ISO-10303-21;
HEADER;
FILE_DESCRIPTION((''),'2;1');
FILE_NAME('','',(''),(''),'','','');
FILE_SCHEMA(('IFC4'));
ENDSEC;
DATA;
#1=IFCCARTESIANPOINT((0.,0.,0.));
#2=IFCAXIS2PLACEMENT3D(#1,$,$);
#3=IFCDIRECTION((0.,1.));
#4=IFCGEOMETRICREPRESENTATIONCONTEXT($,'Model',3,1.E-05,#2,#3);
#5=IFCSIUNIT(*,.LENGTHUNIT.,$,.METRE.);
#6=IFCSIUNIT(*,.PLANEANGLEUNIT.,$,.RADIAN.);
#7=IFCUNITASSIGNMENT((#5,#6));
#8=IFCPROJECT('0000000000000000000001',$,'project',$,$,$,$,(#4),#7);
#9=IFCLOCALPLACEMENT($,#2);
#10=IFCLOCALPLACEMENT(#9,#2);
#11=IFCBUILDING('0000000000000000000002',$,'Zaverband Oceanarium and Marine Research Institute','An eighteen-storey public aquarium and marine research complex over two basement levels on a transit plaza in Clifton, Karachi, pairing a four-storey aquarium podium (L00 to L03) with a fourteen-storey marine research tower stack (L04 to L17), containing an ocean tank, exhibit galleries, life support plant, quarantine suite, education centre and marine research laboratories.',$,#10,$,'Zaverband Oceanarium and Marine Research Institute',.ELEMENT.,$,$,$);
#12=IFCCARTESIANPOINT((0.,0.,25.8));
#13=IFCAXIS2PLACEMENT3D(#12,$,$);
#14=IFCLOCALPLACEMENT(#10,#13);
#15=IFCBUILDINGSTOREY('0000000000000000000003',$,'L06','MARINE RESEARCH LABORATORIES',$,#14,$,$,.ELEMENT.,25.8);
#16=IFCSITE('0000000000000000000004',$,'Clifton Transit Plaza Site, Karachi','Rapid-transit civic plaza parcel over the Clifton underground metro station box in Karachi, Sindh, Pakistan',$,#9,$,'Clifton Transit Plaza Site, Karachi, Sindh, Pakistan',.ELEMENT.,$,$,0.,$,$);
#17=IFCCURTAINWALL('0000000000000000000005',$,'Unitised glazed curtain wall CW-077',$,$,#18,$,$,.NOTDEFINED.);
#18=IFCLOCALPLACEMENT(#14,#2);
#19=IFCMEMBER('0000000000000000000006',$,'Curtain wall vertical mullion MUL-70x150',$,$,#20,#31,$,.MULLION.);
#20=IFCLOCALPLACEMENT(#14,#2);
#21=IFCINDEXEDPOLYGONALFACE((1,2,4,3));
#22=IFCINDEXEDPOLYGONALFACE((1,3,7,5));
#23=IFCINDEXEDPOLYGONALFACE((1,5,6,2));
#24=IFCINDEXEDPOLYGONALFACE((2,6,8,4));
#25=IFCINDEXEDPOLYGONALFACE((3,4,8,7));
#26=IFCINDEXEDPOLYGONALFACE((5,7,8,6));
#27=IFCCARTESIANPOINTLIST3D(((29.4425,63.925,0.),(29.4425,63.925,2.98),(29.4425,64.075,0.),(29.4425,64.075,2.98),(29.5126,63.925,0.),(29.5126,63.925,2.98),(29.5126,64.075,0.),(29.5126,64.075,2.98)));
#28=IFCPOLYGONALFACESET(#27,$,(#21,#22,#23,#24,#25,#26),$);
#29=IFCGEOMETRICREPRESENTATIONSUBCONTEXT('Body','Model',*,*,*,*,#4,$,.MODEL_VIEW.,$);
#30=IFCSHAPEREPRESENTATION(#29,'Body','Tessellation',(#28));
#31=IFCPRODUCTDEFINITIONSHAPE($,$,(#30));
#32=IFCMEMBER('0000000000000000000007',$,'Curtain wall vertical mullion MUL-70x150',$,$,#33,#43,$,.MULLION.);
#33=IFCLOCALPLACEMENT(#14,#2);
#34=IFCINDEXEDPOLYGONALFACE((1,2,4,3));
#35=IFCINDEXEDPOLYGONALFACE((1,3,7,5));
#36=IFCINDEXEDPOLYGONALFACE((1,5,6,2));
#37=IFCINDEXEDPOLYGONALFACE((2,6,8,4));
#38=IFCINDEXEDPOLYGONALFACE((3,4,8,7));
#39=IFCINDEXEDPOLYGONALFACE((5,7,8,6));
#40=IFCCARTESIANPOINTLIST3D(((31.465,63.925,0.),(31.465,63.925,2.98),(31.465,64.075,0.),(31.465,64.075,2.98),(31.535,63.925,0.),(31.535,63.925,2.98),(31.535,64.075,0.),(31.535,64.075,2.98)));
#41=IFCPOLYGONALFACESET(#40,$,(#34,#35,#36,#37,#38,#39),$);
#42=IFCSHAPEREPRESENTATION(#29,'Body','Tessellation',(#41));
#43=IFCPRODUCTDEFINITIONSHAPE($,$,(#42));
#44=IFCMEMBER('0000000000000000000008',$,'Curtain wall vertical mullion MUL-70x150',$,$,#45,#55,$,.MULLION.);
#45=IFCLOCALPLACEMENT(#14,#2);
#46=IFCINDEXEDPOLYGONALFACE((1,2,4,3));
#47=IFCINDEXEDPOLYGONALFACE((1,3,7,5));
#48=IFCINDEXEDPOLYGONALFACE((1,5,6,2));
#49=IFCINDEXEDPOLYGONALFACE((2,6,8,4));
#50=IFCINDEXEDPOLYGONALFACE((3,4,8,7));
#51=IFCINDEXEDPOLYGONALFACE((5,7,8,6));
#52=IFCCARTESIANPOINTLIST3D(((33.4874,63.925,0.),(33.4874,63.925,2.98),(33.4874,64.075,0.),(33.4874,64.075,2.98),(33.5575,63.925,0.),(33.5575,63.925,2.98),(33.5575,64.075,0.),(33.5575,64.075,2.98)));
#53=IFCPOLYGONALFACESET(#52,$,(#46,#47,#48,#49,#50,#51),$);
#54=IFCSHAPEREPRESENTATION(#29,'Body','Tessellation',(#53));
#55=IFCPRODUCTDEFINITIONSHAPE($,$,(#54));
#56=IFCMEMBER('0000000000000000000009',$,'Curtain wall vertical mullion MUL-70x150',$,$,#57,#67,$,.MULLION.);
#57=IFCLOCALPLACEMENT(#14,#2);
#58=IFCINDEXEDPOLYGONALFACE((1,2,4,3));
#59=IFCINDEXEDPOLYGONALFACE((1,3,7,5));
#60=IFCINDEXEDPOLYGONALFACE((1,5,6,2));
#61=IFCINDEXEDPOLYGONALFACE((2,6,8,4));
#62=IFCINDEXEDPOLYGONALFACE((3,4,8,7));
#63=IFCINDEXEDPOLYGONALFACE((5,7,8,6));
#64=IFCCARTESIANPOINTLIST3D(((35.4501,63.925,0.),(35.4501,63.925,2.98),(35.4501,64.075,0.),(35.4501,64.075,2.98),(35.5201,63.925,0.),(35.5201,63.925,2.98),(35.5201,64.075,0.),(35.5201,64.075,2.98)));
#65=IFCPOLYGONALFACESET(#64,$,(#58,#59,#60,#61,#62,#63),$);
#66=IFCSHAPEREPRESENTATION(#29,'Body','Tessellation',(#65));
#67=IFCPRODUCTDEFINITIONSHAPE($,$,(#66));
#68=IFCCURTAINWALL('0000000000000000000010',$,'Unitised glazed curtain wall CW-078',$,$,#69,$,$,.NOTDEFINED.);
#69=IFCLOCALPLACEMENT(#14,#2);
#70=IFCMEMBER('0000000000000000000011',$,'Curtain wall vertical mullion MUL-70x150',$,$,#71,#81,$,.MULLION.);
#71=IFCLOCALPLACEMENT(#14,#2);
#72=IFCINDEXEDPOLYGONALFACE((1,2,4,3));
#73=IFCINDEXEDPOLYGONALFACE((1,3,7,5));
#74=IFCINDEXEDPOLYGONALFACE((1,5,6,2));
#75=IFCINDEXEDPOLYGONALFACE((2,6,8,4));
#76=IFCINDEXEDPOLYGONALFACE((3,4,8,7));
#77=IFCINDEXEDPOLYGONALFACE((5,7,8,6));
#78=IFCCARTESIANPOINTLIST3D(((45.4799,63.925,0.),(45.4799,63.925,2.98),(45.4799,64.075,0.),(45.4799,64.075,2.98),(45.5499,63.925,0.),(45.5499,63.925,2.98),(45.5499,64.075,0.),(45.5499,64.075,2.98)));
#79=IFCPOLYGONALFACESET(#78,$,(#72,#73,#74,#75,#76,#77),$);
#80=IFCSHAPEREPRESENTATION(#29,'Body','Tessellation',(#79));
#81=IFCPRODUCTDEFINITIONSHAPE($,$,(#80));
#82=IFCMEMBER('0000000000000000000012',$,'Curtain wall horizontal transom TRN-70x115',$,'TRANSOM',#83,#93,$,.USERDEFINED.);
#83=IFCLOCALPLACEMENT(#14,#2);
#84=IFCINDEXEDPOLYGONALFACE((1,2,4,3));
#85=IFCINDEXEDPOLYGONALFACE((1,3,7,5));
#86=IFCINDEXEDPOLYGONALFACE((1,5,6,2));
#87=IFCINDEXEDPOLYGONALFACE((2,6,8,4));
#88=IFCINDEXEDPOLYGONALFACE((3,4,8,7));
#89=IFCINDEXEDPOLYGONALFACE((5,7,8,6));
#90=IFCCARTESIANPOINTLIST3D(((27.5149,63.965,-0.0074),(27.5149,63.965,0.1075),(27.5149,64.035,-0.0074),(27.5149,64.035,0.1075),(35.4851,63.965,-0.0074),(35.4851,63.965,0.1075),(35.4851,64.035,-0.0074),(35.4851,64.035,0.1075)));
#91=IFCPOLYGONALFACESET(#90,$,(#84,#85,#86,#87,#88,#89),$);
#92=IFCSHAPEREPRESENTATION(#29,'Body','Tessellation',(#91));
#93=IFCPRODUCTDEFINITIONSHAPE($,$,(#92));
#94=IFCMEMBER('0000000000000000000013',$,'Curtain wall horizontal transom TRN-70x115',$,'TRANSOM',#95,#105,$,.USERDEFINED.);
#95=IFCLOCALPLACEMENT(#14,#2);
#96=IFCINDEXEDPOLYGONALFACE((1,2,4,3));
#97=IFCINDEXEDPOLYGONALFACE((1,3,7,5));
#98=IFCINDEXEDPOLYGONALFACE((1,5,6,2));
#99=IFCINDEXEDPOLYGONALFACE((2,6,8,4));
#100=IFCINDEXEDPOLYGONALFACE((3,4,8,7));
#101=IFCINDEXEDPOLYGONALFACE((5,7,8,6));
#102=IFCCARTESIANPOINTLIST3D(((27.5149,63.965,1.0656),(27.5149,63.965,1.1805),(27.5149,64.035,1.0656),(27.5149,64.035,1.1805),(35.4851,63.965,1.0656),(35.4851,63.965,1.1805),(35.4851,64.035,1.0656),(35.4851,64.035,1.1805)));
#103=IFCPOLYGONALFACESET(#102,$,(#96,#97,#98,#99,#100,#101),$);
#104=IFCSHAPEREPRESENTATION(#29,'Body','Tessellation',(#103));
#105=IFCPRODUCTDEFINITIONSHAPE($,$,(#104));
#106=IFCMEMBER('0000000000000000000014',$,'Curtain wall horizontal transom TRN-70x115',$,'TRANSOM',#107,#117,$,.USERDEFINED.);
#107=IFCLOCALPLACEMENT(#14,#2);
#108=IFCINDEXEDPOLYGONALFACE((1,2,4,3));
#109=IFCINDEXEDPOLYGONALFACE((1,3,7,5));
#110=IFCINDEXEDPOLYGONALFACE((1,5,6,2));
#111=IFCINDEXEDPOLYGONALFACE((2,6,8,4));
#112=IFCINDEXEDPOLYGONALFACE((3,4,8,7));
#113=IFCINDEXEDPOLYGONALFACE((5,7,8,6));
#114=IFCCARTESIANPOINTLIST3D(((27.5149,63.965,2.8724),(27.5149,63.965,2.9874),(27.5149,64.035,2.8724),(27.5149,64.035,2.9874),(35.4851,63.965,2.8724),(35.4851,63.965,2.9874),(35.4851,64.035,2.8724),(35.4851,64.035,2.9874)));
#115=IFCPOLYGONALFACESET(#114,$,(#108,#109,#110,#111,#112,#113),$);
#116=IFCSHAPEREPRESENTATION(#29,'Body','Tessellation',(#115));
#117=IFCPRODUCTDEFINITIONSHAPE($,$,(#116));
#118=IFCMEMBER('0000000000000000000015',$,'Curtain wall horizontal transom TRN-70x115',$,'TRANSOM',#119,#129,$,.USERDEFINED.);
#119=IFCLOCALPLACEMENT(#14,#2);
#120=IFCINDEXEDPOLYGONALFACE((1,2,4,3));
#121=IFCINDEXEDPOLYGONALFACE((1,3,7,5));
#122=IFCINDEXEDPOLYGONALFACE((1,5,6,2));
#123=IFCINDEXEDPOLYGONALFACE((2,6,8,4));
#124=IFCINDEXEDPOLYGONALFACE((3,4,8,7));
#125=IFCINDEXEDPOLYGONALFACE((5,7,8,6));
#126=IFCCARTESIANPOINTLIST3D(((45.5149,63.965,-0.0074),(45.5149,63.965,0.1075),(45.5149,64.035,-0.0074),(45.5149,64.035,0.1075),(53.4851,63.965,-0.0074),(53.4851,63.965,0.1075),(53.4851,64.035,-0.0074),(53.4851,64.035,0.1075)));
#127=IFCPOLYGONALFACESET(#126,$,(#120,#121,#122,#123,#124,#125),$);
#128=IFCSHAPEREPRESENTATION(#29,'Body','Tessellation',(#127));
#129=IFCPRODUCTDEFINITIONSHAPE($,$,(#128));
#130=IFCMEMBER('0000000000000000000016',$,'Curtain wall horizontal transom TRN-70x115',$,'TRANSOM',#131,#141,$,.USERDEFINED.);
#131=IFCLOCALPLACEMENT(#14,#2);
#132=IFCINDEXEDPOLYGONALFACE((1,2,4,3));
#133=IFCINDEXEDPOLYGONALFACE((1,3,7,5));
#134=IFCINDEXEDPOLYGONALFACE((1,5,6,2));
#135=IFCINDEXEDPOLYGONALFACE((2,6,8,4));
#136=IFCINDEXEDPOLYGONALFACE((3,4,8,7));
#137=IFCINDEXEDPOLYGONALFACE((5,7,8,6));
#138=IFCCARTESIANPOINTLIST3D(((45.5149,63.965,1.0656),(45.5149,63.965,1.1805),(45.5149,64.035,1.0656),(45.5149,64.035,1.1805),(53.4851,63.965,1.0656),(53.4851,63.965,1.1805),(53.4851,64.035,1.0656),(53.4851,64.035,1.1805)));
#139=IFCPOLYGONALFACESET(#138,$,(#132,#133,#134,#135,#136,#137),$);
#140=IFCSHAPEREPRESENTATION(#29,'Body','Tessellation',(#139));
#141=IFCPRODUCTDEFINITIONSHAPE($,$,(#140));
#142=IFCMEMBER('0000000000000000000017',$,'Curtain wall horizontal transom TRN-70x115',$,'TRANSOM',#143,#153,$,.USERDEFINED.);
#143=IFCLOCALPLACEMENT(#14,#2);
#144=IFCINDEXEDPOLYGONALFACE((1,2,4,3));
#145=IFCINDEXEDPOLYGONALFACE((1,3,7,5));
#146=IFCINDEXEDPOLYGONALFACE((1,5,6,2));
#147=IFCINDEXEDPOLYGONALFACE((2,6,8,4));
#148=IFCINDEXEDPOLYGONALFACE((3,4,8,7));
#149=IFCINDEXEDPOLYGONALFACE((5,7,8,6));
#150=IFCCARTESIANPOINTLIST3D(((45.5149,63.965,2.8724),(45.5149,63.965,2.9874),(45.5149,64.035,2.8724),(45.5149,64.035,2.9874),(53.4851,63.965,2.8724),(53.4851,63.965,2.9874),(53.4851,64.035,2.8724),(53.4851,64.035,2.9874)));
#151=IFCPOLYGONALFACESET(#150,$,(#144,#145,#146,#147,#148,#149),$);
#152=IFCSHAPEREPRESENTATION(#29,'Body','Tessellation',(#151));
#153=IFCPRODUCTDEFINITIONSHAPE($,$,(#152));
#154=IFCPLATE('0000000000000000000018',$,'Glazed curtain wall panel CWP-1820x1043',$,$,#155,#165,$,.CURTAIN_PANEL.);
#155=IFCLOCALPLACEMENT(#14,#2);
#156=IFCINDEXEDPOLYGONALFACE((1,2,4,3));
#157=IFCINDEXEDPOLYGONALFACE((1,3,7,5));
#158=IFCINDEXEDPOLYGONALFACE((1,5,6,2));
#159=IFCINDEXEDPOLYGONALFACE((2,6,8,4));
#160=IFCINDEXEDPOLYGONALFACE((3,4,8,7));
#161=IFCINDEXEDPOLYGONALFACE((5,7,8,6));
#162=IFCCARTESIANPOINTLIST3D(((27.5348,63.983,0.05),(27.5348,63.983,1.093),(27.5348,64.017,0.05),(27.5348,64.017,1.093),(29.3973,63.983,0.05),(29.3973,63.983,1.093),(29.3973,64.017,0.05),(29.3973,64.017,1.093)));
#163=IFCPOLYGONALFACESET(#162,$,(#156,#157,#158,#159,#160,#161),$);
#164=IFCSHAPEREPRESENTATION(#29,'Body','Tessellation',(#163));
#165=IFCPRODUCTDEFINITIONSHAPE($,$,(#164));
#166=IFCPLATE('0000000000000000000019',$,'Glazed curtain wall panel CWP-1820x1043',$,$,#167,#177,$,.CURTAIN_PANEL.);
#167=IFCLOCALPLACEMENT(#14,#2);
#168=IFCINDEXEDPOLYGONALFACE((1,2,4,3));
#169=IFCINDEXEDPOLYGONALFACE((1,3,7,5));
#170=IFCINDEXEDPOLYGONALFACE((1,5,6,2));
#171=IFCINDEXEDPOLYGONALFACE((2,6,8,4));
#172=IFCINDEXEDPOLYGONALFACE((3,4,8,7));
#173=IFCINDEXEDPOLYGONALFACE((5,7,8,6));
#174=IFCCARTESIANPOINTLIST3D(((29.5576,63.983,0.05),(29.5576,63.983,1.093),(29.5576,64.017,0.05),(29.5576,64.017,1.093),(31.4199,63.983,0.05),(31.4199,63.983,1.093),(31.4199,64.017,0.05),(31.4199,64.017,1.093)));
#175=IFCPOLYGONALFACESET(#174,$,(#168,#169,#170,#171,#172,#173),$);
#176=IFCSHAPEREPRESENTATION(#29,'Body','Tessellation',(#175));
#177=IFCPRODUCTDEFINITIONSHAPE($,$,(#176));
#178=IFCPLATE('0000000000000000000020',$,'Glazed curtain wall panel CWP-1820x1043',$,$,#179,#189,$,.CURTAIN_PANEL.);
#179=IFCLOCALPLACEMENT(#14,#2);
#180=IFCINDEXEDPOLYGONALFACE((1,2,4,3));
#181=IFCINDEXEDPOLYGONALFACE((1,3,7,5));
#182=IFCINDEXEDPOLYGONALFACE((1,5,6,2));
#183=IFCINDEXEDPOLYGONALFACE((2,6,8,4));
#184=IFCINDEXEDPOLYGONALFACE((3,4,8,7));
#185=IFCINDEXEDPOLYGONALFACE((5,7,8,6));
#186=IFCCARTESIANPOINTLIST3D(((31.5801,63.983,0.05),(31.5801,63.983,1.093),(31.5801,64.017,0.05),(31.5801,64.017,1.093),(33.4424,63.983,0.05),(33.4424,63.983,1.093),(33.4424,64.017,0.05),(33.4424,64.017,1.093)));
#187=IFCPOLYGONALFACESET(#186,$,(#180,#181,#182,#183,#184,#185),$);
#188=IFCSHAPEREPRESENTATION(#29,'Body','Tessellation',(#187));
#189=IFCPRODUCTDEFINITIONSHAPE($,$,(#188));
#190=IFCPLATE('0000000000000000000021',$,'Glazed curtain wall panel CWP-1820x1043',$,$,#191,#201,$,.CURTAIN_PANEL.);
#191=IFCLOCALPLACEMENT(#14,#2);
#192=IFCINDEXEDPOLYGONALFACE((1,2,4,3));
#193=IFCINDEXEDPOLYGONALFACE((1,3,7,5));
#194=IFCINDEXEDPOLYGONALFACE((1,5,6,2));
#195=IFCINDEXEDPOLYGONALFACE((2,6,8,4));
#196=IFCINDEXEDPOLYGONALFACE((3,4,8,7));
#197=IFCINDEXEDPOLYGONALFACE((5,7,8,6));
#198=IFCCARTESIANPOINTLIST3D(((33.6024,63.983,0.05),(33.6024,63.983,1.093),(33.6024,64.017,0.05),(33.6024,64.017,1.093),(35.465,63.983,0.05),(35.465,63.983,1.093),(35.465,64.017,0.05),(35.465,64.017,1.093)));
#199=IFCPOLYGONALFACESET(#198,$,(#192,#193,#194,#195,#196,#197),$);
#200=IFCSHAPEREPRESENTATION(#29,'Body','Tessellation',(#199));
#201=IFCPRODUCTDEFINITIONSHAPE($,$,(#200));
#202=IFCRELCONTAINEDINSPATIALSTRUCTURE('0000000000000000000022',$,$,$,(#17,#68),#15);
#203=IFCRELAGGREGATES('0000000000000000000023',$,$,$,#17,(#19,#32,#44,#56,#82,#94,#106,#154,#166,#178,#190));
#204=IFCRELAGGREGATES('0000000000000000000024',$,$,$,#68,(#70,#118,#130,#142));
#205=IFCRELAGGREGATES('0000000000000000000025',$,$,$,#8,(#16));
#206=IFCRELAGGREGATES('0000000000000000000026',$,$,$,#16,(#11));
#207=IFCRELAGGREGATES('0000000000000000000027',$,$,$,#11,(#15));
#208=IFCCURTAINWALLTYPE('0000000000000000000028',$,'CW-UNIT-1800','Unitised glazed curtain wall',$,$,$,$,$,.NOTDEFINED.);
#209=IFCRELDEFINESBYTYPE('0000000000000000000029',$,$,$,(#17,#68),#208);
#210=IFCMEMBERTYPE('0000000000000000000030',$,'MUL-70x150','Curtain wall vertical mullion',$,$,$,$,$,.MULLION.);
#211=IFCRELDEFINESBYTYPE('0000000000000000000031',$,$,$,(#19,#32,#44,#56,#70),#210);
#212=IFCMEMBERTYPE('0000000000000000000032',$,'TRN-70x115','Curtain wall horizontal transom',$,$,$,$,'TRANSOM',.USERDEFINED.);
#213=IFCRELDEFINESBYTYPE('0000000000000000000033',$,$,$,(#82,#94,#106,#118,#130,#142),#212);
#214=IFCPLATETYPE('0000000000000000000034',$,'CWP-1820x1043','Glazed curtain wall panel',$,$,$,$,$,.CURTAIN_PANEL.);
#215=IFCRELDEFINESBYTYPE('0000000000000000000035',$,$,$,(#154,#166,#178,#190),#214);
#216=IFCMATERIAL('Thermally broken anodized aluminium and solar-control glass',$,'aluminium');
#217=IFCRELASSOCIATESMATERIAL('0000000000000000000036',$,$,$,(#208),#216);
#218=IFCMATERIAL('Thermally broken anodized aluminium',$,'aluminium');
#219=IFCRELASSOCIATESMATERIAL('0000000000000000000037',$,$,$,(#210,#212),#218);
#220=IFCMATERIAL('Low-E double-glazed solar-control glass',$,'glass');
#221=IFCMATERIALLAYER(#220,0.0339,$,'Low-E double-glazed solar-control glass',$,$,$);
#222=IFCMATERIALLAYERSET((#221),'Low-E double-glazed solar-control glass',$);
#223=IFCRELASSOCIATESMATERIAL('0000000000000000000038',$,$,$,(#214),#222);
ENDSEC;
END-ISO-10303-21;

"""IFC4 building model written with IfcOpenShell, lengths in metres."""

from ifc_helpers import new_model, si_unit, direction, frame, frame_2d, origin, origin_2d, place, context, subcontext, project, spatial, rectangle, extrude, material, layer, layer_set, material_profile, profile_set, type_object, element, aggregate, save


model = new_model("IFC4")

# Units and contexts
model_context = context("Model", 3, precision=1e-05, world=origin(), true_north=direction((0.0, 1.0)))
body_context = subcontext(model_context, "Body", "Model", "MODEL_VIEW")
ifc_project = project(units=[si_unit("LENGTHUNIT", "METRE"), si_unit("PLANEANGLEUNIT", "RADIAN")], contexts=[model_context])

# Site, building, storey
site_placement = place(None, origin())
site = spatial("IfcSite", under=ifc_project, at=site_placement, Name="Clifton Transit Plaza Site, Karachi", Description="Rapid-transit civic plaza parcel over the Clifton underground metro station box in Karachi, Sindh, Pakistan", LongName="Clifton Transit Plaza Site, Karachi, Sindh, Pakistan", CompositionType="ELEMENT", RefElevation=0.0)
building_placement = place(site_placement, origin())
building = spatial("IfcBuilding", under=site, at=building_placement, Name="Zaverband Oceanarium and Marine Research Institute", Description="An eighteen-storey public aquarium and marine research complex over two basement levels on a transit plaza in Clifton, Karachi, pairing a four-storey aquarium podium (L00 to L03) with a fourteen-storey marine research tower stack (L04 to L17), containing an ocean tank, exhibit galleries, life support plant, quarantine suite, education centre and marine research laboratories.", LongName="Zaverband Oceanarium and Marine Research Institute", CompositionType="ELEMENT")
storey_placement = place(building_placement, frame((0.0, 0.0, 25.8)))
storey = spatial("IfcBuildingStorey", under=building, at=storey_placement, Name="L06", Description="MARINE RESEARCH LABORATORIES", CompositionType="ELEMENT", Elevation=25.8)

# Curtain wall, members
ifc_material_1 = material(Name="Thermally broken anodized aluminium and solar-control glass", Category="aluminium")
curtain_wall_type = type_object("IfcCurtainWallType", Name="CW-UNIT-1800", Description="Unitised glazed curtain wall", PredefinedType="NOTDEFINED", material=ifc_material_1)
curtain_wall_1_placement = place(storey_placement, origin())
curtain_wall_1 = element("IfcCurtainWall", 1, at=curtain_wall_1_placement, inside=storey, type_object=curtain_wall_type, Name="Unitised glazed curtain wall CW-077", PredefinedType="NOTDEFINED")
ifc_material_2 = material(Name="Thermally broken anodized aluminium", Category="aluminium")
ifc_material_profile_1 = material_profile(ifc_material_2, rectangle(XDim=0.0701, YDim=0.1499, at=origin_2d()), Name="AL-MUL-70x150")
ifc_profile_set_1 = profile_set([ifc_material_profile_1], Name="Thermally broken anodized aluminium")
member_type_1 = type_object("IfcMemberType", Name="MUL-70x150", Description="Curtain wall vertical mullion", PredefinedType="MULLION", material=ifc_profile_set_1)
member_1_placement = place(storey_placement, frame((29.4775, 64.0, 0.0), z_axis=(0.0, 0.0, 1.0), x_axis=(1.0, 0.0, 0.0)))
member_1 = element("IfcMember", 2, at=member_1_placement, type_object=member_type_1, Name="Curtain wall vertical mullion MUL-70x150", PredefinedType="MULLION", context=body_context, shape_type="SweptSolid", body=[
    extrude(rectangle(XDim=0.0701, YDim=0.1499, at=origin_2d()), origin(), (0.0, 0.0, 1.0), 2.98),
])
member_2_placement = place(storey_placement, frame((31.5, 64.0, 0.0), z_axis=(0.0, 0.0, 1.0), x_axis=(1.0, 0.0, 0.0)))
member_2 = element("IfcMember", 3, at=member_2_placement, type_object=member_type_1, Name="Curtain wall vertical mullion MUL-70x150", PredefinedType="MULLION", context=body_context, shape_type="SweptSolid", body=[
    extrude(rectangle(XDim=0.0701, YDim=0.1499, at=origin_2d()), origin(), (0.0, 0.0, 1.0), 2.98),
])
member_3_placement = place(storey_placement, frame((33.5225, 64.0, 0.0), z_axis=(0.0, 0.0, 1.0), x_axis=(1.0, 0.0, 0.0)))
member_3 = element("IfcMember", 4, at=member_3_placement, type_object=member_type_1, Name="Curtain wall vertical mullion MUL-70x150", PredefinedType="MULLION", context=body_context, shape_type="SweptSolid", body=[
    extrude(rectangle(XDim=0.0701, YDim=0.1499, at=origin_2d()), origin(), (0.0, 0.0, 1.0), 2.98),
])
member_4_placement = place(storey_placement, frame((35.4851, 64.0, 0.0), z_axis=(0.0, 0.0, 1.0), x_axis=(1.0, 0.0, 0.0)))
member_4 = element("IfcMember", 5, at=member_4_placement, type_object=member_type_1, Name="Curtain wall vertical mullion MUL-70x150", PredefinedType="MULLION", context=body_context, shape_type="SweptSolid", body=[
    extrude(rectangle(XDim=0.0701, YDim=0.1499, at=origin_2d()), origin(), (0.0, 0.0, 1.0), 2.98),
])

# Curtain wall, member
curtain_wall_2_placement = place(storey_placement, origin())
curtain_wall_2 = element("IfcCurtainWall", 6, at=curtain_wall_2_placement, inside=storey, type_object=curtain_wall_type, Name="Unitised glazed curtain wall CW-078", PredefinedType="NOTDEFINED")
member_5_placement = place(storey_placement, frame((45.5149, 64.0, 0.0), z_axis=(0.0, 0.0, 1.0), x_axis=(1.0, 0.0, 0.0)))
member_5 = element("IfcMember", 7, at=member_5_placement, type_object=member_type_1, Name="Curtain wall vertical mullion MUL-70x150", PredefinedType="MULLION", context=body_context, shape_type="SweptSolid", body=[
    extrude(rectangle(XDim=0.0701, YDim=0.1499, at=origin_2d()), origin(), (0.0, 0.0, 1.0), 2.98),
])

# Members
ifc_material_profile_2 = material_profile(ifc_material_2, rectangle(XDim=0.0701, YDim=0.115, at=origin_2d()), Name="AL-TRN-70x115")
ifc_profile_set_2 = profile_set([ifc_material_profile_2], Name="Thermally broken anodized aluminium")
member_type_2 = type_object("IfcMemberType", Name="TRN-70x115", Description="Curtain wall horizontal transom", ElementType="TRANSOM", PredefinedType="USERDEFINED", material=ifc_profile_set_2)
member_6_placement = place(storey_placement, frame((27.5149, 64.0, 0.05), z_axis=(1.0, 0.0, 0.0), x_axis=(0.0, 1.0, 0.0)))
member_6 = element("IfcMember", 8, at=member_6_placement, type_object=member_type_2, Name="Curtain wall horizontal transom TRN-70x115", ObjectType="TRANSOM", PredefinedType="USERDEFINED", context=body_context, shape_type="SweptSolid", body=[
    extrude(rectangle(XDim=0.0701, YDim=0.115, at=origin_2d()), origin(), (0.0, 0.0, 1.0), 7.9702),
])
member_7_placement = place(storey_placement, frame((27.5149, 64.0, 1.123), z_axis=(1.0, 0.0, 0.0), x_axis=(0.0, 1.0, 0.0)))
member_7 = element("IfcMember", 9, at=member_7_placement, type_object=member_type_2, Name="Curtain wall horizontal transom TRN-70x115", ObjectType="TRANSOM", PredefinedType="USERDEFINED", context=body_context, shape_type="SweptSolid", body=[
    extrude(rectangle(XDim=0.0701, YDim=0.115, at=origin_2d()), origin(), (0.0, 0.0, 1.0), 7.9702),
])
member_8_placement = place(storey_placement, frame((27.5149, 64.0, 2.9299), z_axis=(1.0, 0.0, 0.0), x_axis=(0.0, 1.0, 0.0)))
member_8 = element("IfcMember", 10, at=member_8_placement, type_object=member_type_2, Name="Curtain wall horizontal transom TRN-70x115", ObjectType="TRANSOM", PredefinedType="USERDEFINED", context=body_context, shape_type="SweptSolid", body=[
    extrude(rectangle(XDim=0.0701, YDim=0.115, at=origin_2d()), origin(), (0.0, 0.0, 1.0), 7.9702),
])
member_9_placement = place(storey_placement, frame((45.5149, 64.0, 0.05), z_axis=(1.0, 0.0, 0.0), x_axis=(0.0, 1.0, 0.0)))
member_9 = element("IfcMember", 11, at=member_9_placement, type_object=member_type_2, Name="Curtain wall horizontal transom TRN-70x115", ObjectType="TRANSOM", PredefinedType="USERDEFINED", context=body_context, shape_type="SweptSolid", body=[
    extrude(rectangle(XDim=0.0701, YDim=0.115, at=origin_2d()), origin(), (0.0, 0.0, 1.0), 7.9702),
])
member_10_placement = place(storey_placement, frame((45.5149, 64.0, 1.123), z_axis=(1.0, 0.0, 0.0), x_axis=(0.0, 1.0, 0.0)))
member_10 = element("IfcMember", 12, at=member_10_placement, type_object=member_type_2, Name="Curtain wall horizontal transom TRN-70x115", ObjectType="TRANSOM", PredefinedType="USERDEFINED", context=body_context, shape_type="SweptSolid", body=[
    extrude(rectangle(XDim=0.0701, YDim=0.115, at=origin_2d()), origin(), (0.0, 0.0, 1.0), 7.9702),
])
member_11_placement = place(storey_placement, frame((45.5149, 64.0, 2.9299), z_axis=(1.0, 0.0, 0.0), x_axis=(0.0, 1.0, 0.0)))
member_11 = element("IfcMember", 13, at=member_11_placement, type_object=member_type_2, Name="Curtain wall horizontal transom TRN-70x115", ObjectType="TRANSOM", PredefinedType="USERDEFINED", context=body_context, shape_type="SweptSolid", body=[
    extrude(rectangle(XDim=0.0701, YDim=0.115, at=origin_2d()), origin(), (0.0, 0.0, 1.0), 7.9702),
])

# Plates
ifc_material_3 = material(Name="Low-E double-glazed solar-control glass", Category="glass")
ifc_layer_1 = layer(ifc_material_3, 0.0339, Name="Low-E double-glazed solar-control glass")
ifc_layer_set_1 = layer_set([ifc_layer_1], Name="Low-E double-glazed solar-control glass")
plate_type_1 = type_object("IfcPlateType", Name="CWP-1820x1043", Description="Glazed curtain wall panel", PredefinedType="CURTAIN_PANEL", material=ifc_layer_set_1)
plate_1_placement = place(storey_placement, frame((27.5349, 64.0, 0.05), z_axis=(0.0, 0.0, 1.0), x_axis=(1.0, 0.0, 0.0)))
plate_1 = element("IfcPlate", 14, at=plate_1_placement, type_object=plate_type_1, Name="Glazed curtain wall panel CWP-1820x1043", PredefinedType="CURTAIN_PANEL", context=body_context, shape_type="SweptSolid", body=[
    extrude(rectangle(XDim=1.8625, YDim=0.0339, at=frame_2d((0.9312, 0.0))), origin(), (0.0, 0.0, 1.0), 1.043),
])
plate_2_placement = place(storey_placement, frame((29.5576, 64.0, 0.05), z_axis=(0.0, 0.0, 1.0), x_axis=(1.0, 0.0, 0.0)))
plate_2 = element("IfcPlate", 15, at=plate_2_placement, type_object=plate_type_1, Name="Glazed curtain wall panel CWP-1820x1043", PredefinedType="CURTAIN_PANEL", context=body_context, shape_type="SweptSolid", body=[
    extrude(rectangle(XDim=1.8623, YDim=0.0339, at=frame_2d((0.9312, 0.0))), origin(), (0.0, 0.0, 1.0), 1.043),
])
plate_3_placement = place(storey_placement, frame((31.5801, 64.0, 0.05), z_axis=(0.0, 0.0, 1.0), x_axis=(1.0, 0.0, 0.0)))
plate_3 = element("IfcPlate", 16, at=plate_3_placement, type_object=plate_type_1, Name="Glazed curtain wall panel CWP-1820x1043", PredefinedType="CURTAIN_PANEL", context=body_context, shape_type="SweptSolid", body=[
    extrude(rectangle(XDim=1.8623, YDim=0.0339, at=frame_2d((0.9312, 0.0))), origin(), (0.0, 0.0, 1.0), 1.043),
])
plate_4_placement = place(storey_placement, frame((33.6025, 64.0, 0.05), z_axis=(0.0, 0.0, 1.0), x_axis=(1.0, 0.0, 0.0)))
plate_4 = element("IfcPlate", 17, at=plate_4_placement, type_object=plate_type_1, Name="Glazed curtain wall panel CWP-1820x1043", PredefinedType="CURTAIN_PANEL", context=body_context, shape_type="SweptSolid", body=[
    extrude(rectangle(XDim=1.8625, YDim=0.0339, at=frame_2d((0.9312, 0.0))), origin(), (0.0, 0.0, 1.0), 1.043),
])
aggregate(curtain_wall_1, [member_1, member_2, member_3, member_4, member_6, member_7, member_8, plate_1, plate_2, plate_3, plate_4])
aggregate(curtain_wall_2, [member_5, member_9, member_10, member_11])

save(model, "model.ifc")
